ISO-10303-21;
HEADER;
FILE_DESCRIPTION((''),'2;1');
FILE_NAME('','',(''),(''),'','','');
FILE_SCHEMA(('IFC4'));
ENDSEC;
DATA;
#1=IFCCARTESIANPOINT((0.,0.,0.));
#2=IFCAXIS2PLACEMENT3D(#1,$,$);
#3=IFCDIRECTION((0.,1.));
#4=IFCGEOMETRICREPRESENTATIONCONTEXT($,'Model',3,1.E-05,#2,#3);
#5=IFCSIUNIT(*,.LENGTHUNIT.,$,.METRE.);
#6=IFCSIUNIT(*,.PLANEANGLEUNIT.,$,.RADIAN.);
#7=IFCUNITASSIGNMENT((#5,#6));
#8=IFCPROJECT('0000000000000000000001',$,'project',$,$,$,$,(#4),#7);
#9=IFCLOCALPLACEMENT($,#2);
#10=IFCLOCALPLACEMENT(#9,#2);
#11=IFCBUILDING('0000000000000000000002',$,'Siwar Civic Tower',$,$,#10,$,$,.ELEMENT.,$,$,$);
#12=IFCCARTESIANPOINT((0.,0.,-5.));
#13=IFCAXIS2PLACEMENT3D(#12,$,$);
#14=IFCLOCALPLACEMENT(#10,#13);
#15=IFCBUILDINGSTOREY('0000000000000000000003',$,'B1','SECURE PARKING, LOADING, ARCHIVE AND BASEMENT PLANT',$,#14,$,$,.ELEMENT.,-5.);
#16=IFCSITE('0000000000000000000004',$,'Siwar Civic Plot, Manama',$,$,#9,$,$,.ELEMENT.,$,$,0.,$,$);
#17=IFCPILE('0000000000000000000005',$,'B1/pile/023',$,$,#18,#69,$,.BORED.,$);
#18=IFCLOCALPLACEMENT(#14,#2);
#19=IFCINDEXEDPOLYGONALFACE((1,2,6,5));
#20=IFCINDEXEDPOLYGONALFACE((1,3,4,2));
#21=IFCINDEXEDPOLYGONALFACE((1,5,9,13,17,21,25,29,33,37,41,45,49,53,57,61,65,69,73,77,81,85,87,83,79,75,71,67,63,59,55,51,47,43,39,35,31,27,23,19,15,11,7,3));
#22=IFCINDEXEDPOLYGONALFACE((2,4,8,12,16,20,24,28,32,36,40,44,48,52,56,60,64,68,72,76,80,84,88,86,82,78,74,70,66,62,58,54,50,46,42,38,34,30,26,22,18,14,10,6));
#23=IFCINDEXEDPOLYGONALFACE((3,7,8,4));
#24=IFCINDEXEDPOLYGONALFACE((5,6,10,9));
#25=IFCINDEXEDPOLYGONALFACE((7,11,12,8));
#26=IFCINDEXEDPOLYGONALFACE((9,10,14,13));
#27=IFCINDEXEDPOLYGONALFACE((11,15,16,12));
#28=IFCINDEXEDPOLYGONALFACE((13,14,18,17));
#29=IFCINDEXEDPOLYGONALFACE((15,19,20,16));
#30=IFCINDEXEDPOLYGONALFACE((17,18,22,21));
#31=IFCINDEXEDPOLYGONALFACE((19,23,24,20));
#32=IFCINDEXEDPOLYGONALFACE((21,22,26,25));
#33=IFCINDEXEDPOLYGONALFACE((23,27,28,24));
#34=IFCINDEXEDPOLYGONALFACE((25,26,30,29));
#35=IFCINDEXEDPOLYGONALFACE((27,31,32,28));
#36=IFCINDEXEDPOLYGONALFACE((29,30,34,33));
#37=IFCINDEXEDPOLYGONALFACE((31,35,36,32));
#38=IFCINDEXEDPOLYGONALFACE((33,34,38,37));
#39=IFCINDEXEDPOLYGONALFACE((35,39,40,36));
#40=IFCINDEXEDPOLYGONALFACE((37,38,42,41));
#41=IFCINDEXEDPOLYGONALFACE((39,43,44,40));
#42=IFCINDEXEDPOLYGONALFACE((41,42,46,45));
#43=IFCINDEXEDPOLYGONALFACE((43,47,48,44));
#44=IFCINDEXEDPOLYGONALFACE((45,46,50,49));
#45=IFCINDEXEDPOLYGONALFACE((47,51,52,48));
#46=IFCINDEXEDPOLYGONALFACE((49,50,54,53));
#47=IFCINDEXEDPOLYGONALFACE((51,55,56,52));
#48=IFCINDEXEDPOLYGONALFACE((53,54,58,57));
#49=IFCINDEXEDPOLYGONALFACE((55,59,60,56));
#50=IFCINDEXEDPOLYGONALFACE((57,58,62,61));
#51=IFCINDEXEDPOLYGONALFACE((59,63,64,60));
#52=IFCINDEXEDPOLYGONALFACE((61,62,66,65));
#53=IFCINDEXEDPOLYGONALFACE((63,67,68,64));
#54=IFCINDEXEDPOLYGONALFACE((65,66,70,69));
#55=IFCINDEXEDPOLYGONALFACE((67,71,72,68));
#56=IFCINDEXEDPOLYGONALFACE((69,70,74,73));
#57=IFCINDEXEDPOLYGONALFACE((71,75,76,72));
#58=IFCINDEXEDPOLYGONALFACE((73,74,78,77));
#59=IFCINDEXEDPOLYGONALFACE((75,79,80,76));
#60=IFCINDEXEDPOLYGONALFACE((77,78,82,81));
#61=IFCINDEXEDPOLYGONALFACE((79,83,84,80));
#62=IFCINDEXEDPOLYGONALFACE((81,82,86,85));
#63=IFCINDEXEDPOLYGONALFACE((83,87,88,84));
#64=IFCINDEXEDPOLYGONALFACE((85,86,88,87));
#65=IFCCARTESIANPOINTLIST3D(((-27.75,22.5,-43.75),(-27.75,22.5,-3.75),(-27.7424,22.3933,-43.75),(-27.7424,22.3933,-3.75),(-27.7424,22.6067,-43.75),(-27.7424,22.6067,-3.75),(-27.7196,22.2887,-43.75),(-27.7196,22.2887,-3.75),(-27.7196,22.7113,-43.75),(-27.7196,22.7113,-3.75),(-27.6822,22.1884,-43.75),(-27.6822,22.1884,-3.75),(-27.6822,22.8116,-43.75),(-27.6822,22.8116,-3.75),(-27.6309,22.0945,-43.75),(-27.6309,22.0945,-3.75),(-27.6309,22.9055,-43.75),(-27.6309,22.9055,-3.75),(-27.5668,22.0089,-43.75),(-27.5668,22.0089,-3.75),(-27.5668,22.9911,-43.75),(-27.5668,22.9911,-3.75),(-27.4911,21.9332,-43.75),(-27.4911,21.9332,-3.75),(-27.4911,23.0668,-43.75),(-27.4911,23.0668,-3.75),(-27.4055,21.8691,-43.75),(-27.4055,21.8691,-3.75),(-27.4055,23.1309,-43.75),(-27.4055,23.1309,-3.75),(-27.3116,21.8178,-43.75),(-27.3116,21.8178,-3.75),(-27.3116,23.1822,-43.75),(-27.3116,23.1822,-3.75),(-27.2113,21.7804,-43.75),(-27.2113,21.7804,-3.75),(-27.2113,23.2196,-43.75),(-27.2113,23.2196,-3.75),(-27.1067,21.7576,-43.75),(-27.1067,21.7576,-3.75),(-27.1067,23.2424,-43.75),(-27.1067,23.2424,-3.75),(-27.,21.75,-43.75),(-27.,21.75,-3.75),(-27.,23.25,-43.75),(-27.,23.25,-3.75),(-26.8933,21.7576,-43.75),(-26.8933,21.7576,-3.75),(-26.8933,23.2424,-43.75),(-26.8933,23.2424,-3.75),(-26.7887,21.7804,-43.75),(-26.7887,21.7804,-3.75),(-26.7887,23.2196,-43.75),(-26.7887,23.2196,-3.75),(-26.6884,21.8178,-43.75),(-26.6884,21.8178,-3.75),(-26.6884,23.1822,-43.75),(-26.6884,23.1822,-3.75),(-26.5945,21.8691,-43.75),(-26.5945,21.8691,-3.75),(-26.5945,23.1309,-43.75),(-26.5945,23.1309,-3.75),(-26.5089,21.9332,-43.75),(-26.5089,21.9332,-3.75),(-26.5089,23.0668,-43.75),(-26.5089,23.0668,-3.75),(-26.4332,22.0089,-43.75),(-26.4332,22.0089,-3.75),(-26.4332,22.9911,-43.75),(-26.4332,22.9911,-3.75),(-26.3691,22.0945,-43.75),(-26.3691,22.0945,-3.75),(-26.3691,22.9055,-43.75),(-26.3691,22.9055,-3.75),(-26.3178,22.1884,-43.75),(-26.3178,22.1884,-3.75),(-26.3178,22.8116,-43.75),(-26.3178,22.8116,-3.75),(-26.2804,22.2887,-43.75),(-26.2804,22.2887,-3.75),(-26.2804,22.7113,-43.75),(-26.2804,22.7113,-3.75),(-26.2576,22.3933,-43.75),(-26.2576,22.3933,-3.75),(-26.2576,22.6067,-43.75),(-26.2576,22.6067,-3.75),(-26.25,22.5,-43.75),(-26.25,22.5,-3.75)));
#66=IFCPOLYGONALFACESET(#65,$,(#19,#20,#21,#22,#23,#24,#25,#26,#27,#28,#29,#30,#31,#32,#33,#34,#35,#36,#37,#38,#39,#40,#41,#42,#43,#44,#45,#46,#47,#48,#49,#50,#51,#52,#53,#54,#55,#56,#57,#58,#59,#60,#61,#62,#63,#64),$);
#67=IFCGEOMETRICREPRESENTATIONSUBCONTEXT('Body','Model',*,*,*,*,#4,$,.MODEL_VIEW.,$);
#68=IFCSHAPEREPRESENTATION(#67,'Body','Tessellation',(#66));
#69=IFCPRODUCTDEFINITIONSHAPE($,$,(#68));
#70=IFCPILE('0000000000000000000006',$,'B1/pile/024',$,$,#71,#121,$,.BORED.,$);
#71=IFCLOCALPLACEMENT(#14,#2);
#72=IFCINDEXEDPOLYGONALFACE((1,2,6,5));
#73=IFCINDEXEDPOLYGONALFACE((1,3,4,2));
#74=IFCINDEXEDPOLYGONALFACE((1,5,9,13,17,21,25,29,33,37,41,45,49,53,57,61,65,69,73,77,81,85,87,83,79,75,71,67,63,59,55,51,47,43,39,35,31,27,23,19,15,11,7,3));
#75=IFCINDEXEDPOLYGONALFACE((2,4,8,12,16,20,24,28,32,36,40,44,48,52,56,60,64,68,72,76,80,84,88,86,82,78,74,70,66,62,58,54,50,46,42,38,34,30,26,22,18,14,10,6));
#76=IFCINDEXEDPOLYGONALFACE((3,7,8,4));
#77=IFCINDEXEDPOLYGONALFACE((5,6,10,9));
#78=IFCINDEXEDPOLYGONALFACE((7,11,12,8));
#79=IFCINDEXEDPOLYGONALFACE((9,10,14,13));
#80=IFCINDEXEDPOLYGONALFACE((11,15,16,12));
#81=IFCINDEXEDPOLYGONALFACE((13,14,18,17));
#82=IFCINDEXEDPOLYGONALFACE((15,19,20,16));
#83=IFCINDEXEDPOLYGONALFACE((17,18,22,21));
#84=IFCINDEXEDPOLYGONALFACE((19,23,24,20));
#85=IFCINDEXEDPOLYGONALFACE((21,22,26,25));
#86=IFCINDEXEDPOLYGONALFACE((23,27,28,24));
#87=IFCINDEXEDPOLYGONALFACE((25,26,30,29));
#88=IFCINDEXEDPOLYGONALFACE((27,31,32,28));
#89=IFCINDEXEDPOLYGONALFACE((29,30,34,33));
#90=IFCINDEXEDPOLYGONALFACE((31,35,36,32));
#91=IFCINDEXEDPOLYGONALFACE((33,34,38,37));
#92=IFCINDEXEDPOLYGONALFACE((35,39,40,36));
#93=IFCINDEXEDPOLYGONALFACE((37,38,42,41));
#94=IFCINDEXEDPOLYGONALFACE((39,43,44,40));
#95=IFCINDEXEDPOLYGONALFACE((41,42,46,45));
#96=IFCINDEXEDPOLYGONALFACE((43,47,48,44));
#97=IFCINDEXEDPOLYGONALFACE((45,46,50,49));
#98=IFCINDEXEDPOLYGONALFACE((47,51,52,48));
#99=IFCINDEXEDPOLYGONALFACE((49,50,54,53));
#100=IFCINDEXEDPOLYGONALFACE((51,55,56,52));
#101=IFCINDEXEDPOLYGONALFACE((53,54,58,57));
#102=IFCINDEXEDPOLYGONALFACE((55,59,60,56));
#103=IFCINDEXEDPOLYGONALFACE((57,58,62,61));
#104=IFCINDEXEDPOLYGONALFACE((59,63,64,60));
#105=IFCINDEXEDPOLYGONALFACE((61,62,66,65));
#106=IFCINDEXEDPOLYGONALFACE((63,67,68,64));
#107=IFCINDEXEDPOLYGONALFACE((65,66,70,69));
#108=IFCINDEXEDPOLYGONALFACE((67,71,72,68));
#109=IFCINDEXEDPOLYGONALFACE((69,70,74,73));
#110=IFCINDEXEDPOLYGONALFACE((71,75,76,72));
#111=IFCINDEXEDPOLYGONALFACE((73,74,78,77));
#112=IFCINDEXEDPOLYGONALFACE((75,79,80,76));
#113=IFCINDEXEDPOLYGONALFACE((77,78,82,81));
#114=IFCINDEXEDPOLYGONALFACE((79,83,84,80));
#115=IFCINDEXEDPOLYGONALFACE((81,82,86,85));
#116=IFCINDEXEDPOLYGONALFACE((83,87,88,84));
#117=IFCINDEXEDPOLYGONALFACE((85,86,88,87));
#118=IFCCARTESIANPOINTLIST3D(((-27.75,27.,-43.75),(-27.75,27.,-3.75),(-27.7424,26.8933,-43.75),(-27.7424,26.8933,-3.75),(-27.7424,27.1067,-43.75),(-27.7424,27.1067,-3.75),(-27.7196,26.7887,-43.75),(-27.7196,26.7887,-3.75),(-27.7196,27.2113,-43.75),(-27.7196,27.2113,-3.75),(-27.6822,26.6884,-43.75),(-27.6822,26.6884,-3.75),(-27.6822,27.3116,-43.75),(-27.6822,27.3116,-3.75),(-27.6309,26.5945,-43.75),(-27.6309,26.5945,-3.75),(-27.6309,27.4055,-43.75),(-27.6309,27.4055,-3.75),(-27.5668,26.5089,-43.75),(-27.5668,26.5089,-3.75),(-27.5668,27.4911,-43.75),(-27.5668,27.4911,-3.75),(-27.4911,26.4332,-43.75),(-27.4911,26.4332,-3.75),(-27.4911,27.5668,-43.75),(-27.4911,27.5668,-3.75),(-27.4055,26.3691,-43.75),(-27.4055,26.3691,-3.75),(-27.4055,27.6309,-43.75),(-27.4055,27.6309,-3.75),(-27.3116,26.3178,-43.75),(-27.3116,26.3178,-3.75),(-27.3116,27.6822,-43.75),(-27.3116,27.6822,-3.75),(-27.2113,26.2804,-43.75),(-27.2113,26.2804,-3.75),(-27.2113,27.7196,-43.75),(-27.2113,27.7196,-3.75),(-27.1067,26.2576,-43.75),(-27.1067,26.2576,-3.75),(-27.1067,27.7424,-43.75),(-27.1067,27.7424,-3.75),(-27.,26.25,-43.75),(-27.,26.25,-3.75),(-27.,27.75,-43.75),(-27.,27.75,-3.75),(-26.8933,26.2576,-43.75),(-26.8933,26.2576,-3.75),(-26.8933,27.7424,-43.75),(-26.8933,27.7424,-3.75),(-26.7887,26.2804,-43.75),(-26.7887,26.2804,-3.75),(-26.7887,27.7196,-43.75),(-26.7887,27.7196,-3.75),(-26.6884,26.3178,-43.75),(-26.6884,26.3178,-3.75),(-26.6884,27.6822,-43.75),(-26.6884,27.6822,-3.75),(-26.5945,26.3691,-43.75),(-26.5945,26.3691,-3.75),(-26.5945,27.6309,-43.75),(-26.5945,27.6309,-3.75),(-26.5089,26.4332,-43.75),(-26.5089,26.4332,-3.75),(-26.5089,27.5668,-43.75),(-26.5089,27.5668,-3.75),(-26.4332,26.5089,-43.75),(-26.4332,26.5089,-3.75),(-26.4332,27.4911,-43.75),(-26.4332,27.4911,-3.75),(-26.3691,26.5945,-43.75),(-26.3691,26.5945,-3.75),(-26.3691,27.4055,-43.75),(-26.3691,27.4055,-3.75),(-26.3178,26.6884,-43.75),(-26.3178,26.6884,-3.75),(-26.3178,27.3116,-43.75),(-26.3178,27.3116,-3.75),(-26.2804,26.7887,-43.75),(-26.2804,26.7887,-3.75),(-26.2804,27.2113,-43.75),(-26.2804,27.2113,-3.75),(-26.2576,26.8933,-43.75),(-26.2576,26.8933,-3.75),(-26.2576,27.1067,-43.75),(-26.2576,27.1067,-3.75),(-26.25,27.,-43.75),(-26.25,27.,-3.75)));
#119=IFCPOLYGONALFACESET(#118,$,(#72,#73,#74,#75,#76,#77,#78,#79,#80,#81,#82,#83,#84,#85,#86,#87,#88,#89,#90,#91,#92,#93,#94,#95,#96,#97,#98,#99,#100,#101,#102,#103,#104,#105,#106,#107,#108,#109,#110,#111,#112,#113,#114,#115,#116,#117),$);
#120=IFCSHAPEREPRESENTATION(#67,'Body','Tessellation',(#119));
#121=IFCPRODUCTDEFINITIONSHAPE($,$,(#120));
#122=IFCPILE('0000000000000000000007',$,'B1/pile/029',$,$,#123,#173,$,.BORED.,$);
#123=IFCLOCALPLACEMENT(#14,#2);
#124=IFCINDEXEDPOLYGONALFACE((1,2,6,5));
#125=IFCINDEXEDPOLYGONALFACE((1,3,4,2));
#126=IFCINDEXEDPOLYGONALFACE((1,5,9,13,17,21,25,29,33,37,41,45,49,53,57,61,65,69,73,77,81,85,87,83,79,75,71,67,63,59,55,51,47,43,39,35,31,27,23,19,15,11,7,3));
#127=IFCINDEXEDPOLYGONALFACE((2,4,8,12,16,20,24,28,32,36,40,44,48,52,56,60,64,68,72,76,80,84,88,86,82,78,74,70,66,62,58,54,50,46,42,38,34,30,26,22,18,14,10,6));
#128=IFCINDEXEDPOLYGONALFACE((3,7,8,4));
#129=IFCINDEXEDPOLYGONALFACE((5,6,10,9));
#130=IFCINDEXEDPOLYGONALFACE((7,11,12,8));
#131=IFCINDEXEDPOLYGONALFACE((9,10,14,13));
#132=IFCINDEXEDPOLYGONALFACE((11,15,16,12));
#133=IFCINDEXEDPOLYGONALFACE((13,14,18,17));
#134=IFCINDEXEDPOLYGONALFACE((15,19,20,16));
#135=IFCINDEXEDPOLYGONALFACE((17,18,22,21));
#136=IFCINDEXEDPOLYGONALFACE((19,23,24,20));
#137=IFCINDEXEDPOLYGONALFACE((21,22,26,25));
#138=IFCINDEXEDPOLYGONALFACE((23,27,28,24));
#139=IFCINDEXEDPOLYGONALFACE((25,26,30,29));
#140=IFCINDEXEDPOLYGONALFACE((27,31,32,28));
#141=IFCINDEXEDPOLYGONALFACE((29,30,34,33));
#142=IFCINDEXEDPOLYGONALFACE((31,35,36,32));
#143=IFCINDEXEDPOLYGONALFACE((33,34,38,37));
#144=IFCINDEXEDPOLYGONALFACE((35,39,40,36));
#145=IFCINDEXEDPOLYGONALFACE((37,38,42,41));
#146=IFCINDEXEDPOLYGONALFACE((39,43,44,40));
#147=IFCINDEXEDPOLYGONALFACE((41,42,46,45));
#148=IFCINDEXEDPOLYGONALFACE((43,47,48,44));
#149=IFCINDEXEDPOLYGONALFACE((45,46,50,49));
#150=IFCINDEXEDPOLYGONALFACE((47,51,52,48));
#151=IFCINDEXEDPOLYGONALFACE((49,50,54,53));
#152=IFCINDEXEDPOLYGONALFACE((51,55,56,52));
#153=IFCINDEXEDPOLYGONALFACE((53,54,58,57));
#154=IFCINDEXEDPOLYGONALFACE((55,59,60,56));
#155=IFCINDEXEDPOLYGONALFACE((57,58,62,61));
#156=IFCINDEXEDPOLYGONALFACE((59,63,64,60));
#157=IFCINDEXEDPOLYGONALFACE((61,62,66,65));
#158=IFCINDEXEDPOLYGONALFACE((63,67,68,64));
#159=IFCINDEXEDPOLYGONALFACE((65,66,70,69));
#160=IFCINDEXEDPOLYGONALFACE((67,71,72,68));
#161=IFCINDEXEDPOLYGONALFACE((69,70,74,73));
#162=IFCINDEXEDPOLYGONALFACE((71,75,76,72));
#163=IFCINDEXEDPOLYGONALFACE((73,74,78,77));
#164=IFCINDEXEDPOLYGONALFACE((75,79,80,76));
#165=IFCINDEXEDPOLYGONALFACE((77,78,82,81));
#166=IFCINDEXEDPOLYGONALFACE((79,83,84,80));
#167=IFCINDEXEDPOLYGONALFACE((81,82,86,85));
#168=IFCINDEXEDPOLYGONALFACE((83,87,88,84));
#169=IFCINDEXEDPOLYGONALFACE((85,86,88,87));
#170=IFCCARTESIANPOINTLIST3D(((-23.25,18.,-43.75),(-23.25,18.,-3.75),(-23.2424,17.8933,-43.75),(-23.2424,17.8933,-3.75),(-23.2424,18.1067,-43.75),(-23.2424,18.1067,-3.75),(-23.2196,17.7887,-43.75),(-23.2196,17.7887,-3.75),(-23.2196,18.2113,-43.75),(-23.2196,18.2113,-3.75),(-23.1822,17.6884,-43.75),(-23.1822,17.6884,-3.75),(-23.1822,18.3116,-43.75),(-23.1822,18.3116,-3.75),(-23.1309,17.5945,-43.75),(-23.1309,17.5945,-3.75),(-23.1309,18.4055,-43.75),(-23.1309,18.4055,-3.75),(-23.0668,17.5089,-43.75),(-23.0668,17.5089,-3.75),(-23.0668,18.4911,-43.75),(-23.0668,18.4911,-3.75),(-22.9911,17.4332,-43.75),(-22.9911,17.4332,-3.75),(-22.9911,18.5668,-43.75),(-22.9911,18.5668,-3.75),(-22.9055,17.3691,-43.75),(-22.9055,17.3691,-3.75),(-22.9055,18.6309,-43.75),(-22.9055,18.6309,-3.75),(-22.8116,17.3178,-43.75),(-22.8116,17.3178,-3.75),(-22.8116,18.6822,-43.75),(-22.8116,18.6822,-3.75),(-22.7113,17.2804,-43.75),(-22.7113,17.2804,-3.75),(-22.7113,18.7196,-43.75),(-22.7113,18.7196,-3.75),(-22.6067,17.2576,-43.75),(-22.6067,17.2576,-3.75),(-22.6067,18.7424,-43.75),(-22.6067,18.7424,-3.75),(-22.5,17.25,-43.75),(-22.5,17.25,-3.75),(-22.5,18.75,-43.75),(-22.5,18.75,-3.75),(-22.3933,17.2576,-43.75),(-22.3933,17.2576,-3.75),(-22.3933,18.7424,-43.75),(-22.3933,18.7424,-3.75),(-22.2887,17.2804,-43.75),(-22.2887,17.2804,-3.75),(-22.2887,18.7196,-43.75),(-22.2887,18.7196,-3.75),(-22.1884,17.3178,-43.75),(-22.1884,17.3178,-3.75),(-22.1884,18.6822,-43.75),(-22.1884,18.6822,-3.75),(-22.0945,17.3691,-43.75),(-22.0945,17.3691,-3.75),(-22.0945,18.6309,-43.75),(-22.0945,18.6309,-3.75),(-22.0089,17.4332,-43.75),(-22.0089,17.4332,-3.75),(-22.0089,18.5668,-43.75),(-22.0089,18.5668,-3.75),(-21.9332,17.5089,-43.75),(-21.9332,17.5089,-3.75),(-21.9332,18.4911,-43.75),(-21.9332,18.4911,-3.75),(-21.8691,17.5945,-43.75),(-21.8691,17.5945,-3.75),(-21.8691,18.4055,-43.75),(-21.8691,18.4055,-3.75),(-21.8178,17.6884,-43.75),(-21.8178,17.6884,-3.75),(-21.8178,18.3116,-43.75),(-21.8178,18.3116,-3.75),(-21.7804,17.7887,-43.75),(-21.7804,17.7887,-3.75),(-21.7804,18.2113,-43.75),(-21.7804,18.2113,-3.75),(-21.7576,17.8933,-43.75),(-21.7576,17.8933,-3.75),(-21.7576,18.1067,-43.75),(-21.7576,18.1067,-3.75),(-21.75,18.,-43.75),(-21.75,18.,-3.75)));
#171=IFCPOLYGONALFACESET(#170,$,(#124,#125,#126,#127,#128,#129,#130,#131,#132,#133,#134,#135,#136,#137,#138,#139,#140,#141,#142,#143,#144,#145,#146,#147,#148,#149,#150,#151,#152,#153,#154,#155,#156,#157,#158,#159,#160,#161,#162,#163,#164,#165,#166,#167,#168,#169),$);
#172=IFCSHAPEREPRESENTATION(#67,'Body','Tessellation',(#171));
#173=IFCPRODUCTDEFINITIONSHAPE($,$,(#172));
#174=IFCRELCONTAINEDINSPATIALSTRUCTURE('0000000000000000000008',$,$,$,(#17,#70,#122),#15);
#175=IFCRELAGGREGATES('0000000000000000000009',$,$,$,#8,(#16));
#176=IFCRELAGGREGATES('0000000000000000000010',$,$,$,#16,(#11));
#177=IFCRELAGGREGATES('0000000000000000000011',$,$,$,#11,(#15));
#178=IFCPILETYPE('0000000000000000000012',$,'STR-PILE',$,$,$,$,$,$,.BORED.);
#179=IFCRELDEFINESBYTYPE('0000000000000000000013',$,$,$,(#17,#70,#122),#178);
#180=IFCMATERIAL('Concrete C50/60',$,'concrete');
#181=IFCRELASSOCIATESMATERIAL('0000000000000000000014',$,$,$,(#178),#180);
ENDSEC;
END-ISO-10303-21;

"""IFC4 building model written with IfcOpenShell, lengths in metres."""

from ifc_helpers import new_model, si_unit, direction, frame, origin, origin_2d, place, context, subcontext, project, spatial, circle, extrude, material, material_profile, profile_set, type_object, element, save


model = new_model("IFC4")

# Units and contexts
model_context = context("Model", 3, precision=1e-05, world=origin(), true_north=direction((0.0, 1.0)))
body_context = subcontext(model_context, "Body", "Model", "MODEL_VIEW")
ifc_project = project(units=[si_unit("LENGTHUNIT", "METRE"), si_unit("PLANEANGLEUNIT", "RADIAN")], contexts=[model_context])

# Site, building, storey
site_placement = place(None, origin())
site = spatial("IfcSite", under=ifc_project, at=site_placement, Name="Siwar Civic Plot, Manama", CompositionType="ELEMENT", RefElevation=0.0)
building_placement = place(site_placement, origin())
building = spatial("IfcBuilding", under=site, at=building_placement, Name="Siwar Civic Tower", CompositionType="ELEMENT")
storey_placement = place(building_placement, frame((0.0, 0.0, -5.0)))
storey = spatial("IfcBuildingStorey", under=building, at=storey_placement, Name="B1", Description="SECURE PARKING, LOADING, ARCHIVE AND BASEMENT PLANT", CompositionType="ELEMENT", Elevation=-5.0)

# Piles
ifc_material_1 = material(Name="Concrete C50/60", Category="concrete")
ifc_material_profile_1 = material_profile(ifc_material_1, circle(Radius=0.75, at=origin_2d()), Name="PILE1500")
ifc_profile_set_1 = profile_set([ifc_material_profile_1], Name="Concrete C50/60")
pile_type = type_object("IfcPileType", Name="STR-PILE", PredefinedType="BORED", material=ifc_profile_set_1)
for number, where, z_axis, x_axis, name in (
    (1, (-27.0, 22.5, -3.75), (0.0, 0.0, -1.0), (1.0, 0.0, 0.0), "B1/pile/023"),
    (2, (-27.0, 27.0, -3.75), (0.0, 0.0, -1.0), (1.0, 0.0, 0.0), "B1/pile/024"),
    (3, (-22.5, 18.0, -3.75), (0.0, 0.0, -1.0), (1.0, 0.0, 0.0), "B1/pile/029"),
):
    element("IfcPile", number, at=place(storey_placement, frame(where, z_axis=z_axis, x_axis=x_axis)), inside=storey, type_object=pile_type, Name=name, PredefinedType="BORED", context=body_context, shape_type="SweptSolid", body=[
        extrude(circle(Radius=0.75, at=origin_2d()), origin(), (0.0, 0.0, 1.0), 40.0),
    ])

save(model, "model.ifc")
